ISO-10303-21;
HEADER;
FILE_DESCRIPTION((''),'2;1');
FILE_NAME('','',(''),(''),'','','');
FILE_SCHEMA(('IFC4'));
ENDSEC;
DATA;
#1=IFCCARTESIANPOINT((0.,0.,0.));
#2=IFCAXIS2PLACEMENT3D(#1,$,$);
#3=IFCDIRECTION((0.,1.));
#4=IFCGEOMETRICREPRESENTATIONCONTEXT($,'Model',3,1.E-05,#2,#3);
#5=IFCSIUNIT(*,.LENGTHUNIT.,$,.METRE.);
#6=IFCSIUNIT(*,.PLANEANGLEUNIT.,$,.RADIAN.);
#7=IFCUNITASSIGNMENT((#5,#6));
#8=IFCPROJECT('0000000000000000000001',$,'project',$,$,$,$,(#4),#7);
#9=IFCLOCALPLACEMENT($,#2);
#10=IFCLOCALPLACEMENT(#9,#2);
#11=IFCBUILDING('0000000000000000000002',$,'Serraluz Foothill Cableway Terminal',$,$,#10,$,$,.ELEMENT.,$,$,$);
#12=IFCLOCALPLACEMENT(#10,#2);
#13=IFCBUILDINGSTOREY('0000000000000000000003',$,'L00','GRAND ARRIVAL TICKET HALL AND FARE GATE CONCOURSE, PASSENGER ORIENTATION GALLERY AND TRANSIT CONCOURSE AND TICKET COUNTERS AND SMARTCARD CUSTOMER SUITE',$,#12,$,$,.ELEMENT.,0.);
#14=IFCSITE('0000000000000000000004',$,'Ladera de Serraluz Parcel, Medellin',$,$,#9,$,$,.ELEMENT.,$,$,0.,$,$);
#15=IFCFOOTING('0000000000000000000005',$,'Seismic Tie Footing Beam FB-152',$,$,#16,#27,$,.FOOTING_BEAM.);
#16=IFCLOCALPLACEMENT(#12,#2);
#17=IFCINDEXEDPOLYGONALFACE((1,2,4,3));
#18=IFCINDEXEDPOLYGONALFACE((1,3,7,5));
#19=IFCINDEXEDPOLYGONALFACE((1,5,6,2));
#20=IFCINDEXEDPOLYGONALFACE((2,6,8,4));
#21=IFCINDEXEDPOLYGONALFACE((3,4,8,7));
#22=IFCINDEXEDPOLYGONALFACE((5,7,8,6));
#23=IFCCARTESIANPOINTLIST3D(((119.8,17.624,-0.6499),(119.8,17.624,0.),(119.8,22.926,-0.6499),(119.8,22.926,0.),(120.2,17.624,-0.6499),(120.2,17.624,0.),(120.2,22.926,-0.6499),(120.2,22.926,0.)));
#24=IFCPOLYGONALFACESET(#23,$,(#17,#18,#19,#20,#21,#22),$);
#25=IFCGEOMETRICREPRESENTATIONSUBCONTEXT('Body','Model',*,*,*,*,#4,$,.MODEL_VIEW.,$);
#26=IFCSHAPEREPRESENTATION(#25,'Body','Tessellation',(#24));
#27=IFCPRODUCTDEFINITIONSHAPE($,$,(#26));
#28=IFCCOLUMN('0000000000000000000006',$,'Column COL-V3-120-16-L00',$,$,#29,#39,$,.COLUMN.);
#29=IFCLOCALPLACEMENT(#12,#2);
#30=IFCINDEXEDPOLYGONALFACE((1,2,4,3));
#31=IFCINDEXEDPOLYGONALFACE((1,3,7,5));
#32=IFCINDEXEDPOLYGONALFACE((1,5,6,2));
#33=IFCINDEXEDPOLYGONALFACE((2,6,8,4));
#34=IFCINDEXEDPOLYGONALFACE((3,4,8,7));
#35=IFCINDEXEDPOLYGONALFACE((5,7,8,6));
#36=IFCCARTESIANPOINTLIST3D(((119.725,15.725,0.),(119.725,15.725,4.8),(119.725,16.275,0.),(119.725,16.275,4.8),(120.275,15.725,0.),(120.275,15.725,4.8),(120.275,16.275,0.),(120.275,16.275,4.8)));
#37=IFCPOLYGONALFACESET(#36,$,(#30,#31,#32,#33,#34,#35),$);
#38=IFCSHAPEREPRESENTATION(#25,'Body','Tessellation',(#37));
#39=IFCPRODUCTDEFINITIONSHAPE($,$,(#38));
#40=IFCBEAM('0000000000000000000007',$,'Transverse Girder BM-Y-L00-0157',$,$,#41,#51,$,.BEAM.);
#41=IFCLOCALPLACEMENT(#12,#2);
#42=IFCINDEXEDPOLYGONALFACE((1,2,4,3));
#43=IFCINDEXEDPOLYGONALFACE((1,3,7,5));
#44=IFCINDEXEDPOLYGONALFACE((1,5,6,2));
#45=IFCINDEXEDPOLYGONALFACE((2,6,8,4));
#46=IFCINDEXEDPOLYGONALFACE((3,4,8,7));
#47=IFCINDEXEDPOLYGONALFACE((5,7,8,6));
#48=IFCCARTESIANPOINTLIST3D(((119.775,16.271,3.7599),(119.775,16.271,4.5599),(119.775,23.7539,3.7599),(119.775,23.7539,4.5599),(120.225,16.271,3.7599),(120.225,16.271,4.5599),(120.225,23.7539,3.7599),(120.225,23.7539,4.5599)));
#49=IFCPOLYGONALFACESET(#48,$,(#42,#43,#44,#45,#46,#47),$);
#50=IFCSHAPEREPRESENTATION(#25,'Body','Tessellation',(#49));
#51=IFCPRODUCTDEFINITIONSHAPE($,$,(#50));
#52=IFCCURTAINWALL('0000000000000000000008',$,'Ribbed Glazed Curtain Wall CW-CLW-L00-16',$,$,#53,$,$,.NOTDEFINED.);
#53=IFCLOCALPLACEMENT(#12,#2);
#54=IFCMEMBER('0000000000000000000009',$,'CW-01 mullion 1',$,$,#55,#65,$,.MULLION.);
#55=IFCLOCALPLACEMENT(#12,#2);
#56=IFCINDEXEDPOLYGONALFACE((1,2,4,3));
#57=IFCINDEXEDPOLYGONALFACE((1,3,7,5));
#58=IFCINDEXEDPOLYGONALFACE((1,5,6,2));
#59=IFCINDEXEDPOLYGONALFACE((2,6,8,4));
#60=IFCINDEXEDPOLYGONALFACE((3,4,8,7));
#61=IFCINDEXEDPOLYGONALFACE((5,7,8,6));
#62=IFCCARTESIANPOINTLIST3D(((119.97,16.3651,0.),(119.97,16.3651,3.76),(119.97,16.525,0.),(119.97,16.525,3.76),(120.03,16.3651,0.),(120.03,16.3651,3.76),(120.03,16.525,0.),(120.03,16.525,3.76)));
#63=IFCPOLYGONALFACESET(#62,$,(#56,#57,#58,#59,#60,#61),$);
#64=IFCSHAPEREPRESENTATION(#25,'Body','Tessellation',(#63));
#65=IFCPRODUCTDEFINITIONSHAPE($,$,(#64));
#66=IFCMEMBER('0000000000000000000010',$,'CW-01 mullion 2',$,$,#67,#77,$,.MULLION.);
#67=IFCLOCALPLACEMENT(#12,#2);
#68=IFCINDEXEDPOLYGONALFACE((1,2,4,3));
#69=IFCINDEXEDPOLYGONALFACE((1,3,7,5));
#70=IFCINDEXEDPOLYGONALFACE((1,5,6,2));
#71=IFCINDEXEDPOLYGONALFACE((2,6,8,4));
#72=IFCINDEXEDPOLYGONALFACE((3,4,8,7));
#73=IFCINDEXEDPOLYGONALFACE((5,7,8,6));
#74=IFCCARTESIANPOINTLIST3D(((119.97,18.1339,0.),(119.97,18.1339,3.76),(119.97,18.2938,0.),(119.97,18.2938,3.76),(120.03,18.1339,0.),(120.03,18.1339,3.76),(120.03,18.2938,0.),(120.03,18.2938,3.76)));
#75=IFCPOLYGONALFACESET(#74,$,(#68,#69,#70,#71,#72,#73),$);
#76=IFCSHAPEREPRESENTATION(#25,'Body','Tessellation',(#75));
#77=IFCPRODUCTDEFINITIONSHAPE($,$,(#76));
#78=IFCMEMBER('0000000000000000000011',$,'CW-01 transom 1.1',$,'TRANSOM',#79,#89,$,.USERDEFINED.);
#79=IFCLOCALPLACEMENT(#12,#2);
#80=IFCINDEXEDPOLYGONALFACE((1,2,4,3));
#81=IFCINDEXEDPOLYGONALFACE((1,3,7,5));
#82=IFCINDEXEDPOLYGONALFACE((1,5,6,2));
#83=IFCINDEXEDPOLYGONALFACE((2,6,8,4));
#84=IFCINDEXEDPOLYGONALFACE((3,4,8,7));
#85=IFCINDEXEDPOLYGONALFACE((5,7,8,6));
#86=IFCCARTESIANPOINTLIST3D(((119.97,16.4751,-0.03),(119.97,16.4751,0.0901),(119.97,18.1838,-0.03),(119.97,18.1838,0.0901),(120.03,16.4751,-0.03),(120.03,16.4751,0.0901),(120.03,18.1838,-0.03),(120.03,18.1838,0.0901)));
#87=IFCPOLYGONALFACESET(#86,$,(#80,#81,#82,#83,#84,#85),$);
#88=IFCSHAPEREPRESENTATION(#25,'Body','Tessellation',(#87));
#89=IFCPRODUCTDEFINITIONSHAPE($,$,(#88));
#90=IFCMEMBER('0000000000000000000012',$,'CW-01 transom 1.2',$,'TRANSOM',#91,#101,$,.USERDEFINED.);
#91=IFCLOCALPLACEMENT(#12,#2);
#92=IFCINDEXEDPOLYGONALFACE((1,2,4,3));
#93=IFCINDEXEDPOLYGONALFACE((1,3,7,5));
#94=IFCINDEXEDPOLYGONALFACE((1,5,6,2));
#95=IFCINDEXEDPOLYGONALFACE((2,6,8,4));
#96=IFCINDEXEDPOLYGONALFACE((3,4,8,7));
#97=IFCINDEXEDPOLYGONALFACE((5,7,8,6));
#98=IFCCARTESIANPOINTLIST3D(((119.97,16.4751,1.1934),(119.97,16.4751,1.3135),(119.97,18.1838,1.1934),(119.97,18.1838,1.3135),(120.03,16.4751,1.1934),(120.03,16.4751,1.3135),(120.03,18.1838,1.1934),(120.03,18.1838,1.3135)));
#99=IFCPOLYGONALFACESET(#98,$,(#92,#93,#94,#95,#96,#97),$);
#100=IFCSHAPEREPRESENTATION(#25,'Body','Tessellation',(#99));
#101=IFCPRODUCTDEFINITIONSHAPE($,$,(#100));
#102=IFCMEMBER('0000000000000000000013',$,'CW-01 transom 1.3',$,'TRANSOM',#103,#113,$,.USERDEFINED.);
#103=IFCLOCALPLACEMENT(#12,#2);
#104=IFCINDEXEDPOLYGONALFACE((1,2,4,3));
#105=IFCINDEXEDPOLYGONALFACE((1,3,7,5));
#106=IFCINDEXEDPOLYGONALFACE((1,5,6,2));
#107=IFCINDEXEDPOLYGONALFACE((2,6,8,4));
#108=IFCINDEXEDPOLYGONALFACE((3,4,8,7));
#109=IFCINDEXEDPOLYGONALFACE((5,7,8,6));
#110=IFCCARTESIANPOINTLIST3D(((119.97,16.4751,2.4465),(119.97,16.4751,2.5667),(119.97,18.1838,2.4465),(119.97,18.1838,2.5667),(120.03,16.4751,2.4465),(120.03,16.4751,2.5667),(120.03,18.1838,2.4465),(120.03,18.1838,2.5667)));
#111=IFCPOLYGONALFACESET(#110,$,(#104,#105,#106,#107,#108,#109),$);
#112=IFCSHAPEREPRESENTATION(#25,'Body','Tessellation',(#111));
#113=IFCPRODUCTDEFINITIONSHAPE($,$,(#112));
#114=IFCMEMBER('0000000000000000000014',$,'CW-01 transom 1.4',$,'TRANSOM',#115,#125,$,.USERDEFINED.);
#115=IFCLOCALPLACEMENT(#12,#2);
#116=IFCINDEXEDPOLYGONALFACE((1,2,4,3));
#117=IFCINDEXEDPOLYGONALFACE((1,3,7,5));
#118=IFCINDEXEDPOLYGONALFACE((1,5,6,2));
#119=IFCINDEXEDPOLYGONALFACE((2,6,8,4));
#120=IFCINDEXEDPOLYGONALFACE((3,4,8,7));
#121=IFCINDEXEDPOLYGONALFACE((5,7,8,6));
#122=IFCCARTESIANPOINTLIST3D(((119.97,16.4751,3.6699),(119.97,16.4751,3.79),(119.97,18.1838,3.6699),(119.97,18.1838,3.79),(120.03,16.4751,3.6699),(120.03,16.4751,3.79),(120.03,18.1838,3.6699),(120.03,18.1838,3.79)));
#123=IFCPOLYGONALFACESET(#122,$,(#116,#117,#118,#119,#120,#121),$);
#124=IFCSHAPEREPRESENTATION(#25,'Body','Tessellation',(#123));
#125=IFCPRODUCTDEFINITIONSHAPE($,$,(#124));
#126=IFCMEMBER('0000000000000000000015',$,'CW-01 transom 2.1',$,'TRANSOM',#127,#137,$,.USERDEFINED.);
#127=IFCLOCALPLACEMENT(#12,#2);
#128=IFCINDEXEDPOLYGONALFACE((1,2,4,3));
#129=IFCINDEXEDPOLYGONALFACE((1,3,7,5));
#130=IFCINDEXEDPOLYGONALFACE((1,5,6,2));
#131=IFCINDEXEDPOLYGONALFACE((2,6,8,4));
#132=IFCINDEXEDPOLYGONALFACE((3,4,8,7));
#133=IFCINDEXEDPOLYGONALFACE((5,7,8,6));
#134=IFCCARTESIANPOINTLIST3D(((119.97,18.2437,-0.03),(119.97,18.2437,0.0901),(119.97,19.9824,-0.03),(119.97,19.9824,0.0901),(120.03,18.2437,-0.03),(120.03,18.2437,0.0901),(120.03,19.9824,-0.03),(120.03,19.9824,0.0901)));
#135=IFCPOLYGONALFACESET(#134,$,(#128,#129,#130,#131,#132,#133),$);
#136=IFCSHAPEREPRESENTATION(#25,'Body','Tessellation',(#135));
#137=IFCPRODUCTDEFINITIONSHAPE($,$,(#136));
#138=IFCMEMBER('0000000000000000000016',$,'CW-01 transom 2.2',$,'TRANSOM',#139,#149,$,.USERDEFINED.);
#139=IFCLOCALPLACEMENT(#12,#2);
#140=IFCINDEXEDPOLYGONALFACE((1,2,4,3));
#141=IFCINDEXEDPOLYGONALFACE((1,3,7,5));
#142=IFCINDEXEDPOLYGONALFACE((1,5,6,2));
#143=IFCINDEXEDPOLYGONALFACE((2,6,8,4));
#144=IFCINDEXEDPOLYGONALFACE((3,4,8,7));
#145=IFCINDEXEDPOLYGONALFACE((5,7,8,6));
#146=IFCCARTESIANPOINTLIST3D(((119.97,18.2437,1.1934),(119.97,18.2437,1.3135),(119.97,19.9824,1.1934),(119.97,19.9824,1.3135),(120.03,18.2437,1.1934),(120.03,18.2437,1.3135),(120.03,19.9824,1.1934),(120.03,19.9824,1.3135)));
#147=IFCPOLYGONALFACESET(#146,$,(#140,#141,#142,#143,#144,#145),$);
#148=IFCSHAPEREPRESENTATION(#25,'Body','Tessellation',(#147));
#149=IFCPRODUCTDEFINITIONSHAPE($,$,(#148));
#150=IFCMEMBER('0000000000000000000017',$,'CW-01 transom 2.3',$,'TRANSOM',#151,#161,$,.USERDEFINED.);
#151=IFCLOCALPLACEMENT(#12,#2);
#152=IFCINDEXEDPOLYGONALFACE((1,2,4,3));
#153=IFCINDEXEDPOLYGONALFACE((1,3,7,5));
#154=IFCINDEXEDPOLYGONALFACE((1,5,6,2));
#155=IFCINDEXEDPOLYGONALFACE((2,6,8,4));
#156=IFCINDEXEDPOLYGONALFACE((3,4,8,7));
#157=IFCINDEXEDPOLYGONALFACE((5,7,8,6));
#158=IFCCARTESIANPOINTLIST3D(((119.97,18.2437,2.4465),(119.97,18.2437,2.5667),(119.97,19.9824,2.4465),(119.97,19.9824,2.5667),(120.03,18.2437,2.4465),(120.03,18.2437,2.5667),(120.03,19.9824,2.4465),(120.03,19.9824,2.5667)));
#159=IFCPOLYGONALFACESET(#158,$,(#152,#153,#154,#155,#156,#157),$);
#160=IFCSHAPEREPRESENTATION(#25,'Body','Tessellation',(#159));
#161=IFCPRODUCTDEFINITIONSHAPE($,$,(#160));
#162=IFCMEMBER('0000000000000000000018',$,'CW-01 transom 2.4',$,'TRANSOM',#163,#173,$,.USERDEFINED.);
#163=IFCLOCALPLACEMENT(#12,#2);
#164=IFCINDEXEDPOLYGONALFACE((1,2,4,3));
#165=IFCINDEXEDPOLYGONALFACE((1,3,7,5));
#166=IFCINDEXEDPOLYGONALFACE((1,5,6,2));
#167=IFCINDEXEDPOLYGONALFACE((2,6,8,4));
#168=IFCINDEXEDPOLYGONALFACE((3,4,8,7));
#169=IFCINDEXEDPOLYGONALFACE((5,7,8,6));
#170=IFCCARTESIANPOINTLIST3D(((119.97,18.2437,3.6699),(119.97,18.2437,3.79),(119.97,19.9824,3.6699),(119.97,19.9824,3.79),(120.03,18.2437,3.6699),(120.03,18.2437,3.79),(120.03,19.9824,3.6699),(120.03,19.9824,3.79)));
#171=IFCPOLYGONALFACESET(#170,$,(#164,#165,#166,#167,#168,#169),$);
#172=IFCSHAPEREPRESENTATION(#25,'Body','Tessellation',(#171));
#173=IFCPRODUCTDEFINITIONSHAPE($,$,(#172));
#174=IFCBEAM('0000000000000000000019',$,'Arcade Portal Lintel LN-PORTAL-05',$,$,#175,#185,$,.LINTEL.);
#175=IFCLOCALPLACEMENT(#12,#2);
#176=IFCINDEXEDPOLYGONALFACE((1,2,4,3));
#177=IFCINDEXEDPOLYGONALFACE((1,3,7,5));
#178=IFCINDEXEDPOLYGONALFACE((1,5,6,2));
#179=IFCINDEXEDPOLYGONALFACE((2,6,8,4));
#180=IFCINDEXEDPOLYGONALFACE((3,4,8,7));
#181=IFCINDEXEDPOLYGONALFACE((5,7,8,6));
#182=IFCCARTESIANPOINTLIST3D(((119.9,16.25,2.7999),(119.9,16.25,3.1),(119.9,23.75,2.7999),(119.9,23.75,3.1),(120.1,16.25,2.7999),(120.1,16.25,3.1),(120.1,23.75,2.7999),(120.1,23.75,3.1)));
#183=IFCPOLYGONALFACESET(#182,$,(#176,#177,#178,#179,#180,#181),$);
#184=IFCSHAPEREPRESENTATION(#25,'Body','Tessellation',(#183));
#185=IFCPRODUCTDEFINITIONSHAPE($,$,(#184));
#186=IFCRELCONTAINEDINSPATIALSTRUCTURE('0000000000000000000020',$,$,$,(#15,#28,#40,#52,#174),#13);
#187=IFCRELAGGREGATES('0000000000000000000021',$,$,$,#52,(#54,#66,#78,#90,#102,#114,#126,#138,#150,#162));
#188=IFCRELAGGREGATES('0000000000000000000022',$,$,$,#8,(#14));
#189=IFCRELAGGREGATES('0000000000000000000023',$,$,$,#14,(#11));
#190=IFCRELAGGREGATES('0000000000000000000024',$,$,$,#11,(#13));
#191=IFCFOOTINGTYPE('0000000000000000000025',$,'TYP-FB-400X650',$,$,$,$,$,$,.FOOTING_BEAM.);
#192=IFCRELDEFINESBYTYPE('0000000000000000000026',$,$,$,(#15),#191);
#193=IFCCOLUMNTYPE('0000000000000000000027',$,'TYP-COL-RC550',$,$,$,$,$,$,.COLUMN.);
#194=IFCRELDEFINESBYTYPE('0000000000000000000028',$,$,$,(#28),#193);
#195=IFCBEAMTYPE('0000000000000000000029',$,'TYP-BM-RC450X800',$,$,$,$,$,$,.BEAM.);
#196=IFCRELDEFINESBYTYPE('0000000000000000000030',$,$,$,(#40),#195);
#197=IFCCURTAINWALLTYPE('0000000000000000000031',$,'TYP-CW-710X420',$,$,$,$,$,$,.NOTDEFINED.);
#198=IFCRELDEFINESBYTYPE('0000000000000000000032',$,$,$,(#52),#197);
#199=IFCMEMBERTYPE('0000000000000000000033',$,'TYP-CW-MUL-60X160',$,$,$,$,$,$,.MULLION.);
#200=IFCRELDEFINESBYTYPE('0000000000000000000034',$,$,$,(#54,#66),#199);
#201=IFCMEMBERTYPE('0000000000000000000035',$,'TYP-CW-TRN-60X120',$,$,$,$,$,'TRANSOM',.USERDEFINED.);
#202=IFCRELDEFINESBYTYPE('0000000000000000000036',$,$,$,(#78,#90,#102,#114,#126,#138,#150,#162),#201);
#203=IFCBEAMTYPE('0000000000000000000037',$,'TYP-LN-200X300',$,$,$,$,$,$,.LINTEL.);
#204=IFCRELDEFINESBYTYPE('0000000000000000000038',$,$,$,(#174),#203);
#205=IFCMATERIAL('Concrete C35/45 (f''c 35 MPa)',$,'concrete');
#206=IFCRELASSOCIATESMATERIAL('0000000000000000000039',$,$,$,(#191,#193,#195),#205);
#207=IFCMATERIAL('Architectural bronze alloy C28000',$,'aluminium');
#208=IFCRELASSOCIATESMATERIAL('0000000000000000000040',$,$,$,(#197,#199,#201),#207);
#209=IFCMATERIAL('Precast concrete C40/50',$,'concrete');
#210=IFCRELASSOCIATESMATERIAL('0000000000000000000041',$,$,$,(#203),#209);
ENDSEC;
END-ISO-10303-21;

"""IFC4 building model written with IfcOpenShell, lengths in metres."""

from ifc_helpers import new_model, si_unit, direction, frame, origin, origin_2d, place, context, subcontext, project, spatial, rectangle, extrude, material, material_profile, profile_set, type_object, element, aggregate, save


model = new_model("IFC4")

# Units and contexts
model_context = context("Model", 3, precision=1e-05, world=origin(), true_north=direction((0.0, 1.0)))
body_context = subcontext(model_context, "Body", "Model", "MODEL_VIEW")
ifc_project = project(units=[si_unit("LENGTHUNIT", "METRE"), si_unit("PLANEANGLEUNIT", "RADIAN")], contexts=[model_context])

# Site, building, storey
site_placement = place(None, origin())
site = spatial("IfcSite", under=ifc_project, at=site_placement, Name="Ladera de Serraluz Parcel, Medellin", CompositionType="ELEMENT", RefElevation=0.0)
building_placement = place(site_placement, origin())
building = spatial("IfcBuilding", under=site, at=building_placement, Name="Serraluz Foothill Cableway Terminal", CompositionType="ELEMENT")
storey_placement = place(building_placement, origin())
storey = spatial("IfcBuildingStorey", under=building, at=storey_placement, Name="L00", Description="GRAND ARRIVAL TICKET HALL AND FARE GATE CONCOURSE, PASSENGER ORIENTATION GALLERY AND TRANSIT CONCOURSE AND TICKET COUNTERS AND SMARTCARD CUSTOMER SUITE", CompositionType="ELEMENT", Elevation=0.0)

# Footing
ifc_material_1 = material(Name="Concrete C35/45 (f'c 35 MPa)", Category="concrete")
ifc_material_profile_1 = material_profile(ifc_material_1, rectangle(XDim=0.3999, YDim=0.6499, at=origin_2d()), Name="RC 400x650")
ifc_profile_set_1 = profile_set([ifc_material_profile_1], Name="Concrete C35/45 (f'c 35 MPa)")
footing_type = type_object("IfcFootingType", Name="TYP-FB-400X650", PredefinedType="FOOTING_BEAM", material=ifc_profile_set_1)
footing_placement = place(storey_placement, frame((120.0, 17.624, -0.325), z_axis=(0.0, 1.0, 0.0), x_axis=(-1.0, 0.0, 0.0)))
element("IfcFooting", 1, at=footing_placement, inside=storey, type_object=footing_type, Name="Seismic Tie Footing Beam FB-152", PredefinedType="FOOTING_BEAM", context=body_context, shape_type="SweptSolid", body=[
    extrude(rectangle(XDim=0.3999, YDim=0.6499, at=origin_2d()), origin(), (0.0, 0.0, 1.0), 5.302),
])

# Column
ifc_material_profile_2 = material_profile(ifc_material_1, rectangle(XDim=0.55, YDim=0.55, at=origin_2d()), Name="RC 550x550")
ifc_profile_set_2 = profile_set([ifc_material_profile_2], Name="Concrete C35/45 (f'c 35 MPa)")
column_type = type_object("IfcColumnType", Name="TYP-COL-RC550", PredefinedType="COLUMN", material=ifc_profile_set_2)
column_placement = place(storey_placement, frame((120.0, 16.0, 0.0), z_axis=(0.0, 0.0, 1.0), x_axis=(1.0, 0.0, 0.0)))
element("IfcColumn", 2, at=column_placement, inside=storey, type_object=column_type, Name="Column COL-V3-120-16-L00", PredefinedType="COLUMN", context=body_context, shape_type="SweptSolid", body=[
    extrude(rectangle(XDim=0.55, YDim=0.55, at=origin_2d()), origin(), (0.0, 0.0, 1.0), 4.8),
])

# Beam
ifc_material_profile_3 = material_profile(ifc_material_1, rectangle(XDim=0.45, YDim=0.8, at=origin_2d()), Name="RC 450x800")
ifc_profile_set_3 = profile_set([ifc_material_profile_3], Name="Concrete C35/45 (f'c 35 MPa)")
beam_type_1 = type_object("IfcBeamType", Name="TYP-BM-RC450X800", PredefinedType="BEAM", material=ifc_profile_set_3)
beam_1_placement = place(storey_placement, frame((120.0, 16.271, 4.1599), z_axis=(0.0, 1.0, 0.0), x_axis=(-1.0, 0.0, 0.0)))
element("IfcBeam", 3, at=beam_1_placement, inside=storey, type_object=beam_type_1, Name="Transverse Girder BM-Y-L00-0157", PredefinedType="BEAM", context=body_context, shape_type="SweptSolid", body=[
    extrude(rectangle(XDim=0.45, YDim=0.8, at=origin_2d()), origin(), (0.0, 0.0, 1.0), 7.4829),
])

# Curtain wall, members
ifc_material_2 = material(Name="Architectural bronze alloy C28000", Category="aluminium")
curtain_wall_type = type_object("IfcCurtainWallType", Name="TYP-CW-710X420", PredefinedType="NOTDEFINED", material=ifc_material_2)
curtain_wall_placement = place(storey_placement, origin())
curtain_wall = element("IfcCurtainWall", 4, at=curtain_wall_placement, inside=storey, type_object=curtain_wall_type, Name="Ribbed Glazed Curtain Wall CW-CLW-L00-16", PredefinedType="NOTDEFINED")
ifc_material_profile_4 = material_profile(ifc_material_2, rectangle(XDim=0.0601, YDim=0.1599, at=origin_2d()), Name="ALU MULLION 60x160")
ifc_profile_set_4 = profile_set([ifc_material_profile_4], Name="Architectural bronze alloy C28000")
member_type_1 = type_object("IfcMemberType", Name="TYP-CW-MUL-60X160", PredefinedType="MULLION", material=ifc_profile_set_4)
member_1_placement = place(storey_placement, frame((120.0, 16.4451, 0.0), z_axis=(0.0, 0.0, 1.0), x_axis=(-1.0, 0.0, 0.0)))
member_1 = element("IfcMember", 5, at=member_1_placement, type_object=member_type_1, Name="CW-01 mullion 1", PredefinedType="MULLION", context=body_context, shape_type="SweptSolid", body=[
    extrude(rectangle(XDim=0.0601, YDim=0.1599, at=origin_2d()), origin(), (0.0, 0.0, 1.0), 3.76),
])
member_2_placement = place(storey_placement, frame((120.0, 18.2139, 0.0), z_axis=(0.0, 0.0, 1.0), x_axis=(-1.0, 0.0, 0.0)))
member_2 = element("IfcMember", 6, at=member_2_placement, type_object=member_type_1, Name="CW-01 mullion 2", PredefinedType="MULLION", context=body_context, shape_type="SweptSolid", body=[
    extrude(rectangle(XDim=0.0601, YDim=0.1599, at=origin_2d()), origin(), (0.0, 0.0, 1.0), 3.76),
])
ifc_material_profile_5 = material_profile(ifc_material_2, rectangle(XDim=0.0601, YDim=0.1201, at=origin_2d()), Name="ALU TRANSOM 60x120")
ifc_profile_set_5 = profile_set([ifc_material_profile_5], Name="Architectural bronze alloy C28000")
member_type_2 = type_object("IfcMemberType", Name="TYP-CW-TRN-60X120", ElementType="TRANSOM", PredefinedType="USERDEFINED", material=ifc_profile_set_5)
member_3_placement = place(storey_placement, frame((120.0, 16.4751, 0.03), z_axis=(0.0, 1.0, 0.0), x_axis=(-1.0, 0.0, 0.0)))
member_3 = element("IfcMember", 7, at=member_3_placement, type_object=member_type_2, Name="CW-01 transom 1.1", ObjectType="TRANSOM", PredefinedType="USERDEFINED", context=body_context, shape_type="SweptSolid", body=[
    extrude(rectangle(XDim=0.0601, YDim=0.1201, at=origin_2d()), origin(), (0.0, 0.0, 1.0), 1.7087),
])
member_4_placement = place(storey_placement, frame((120.0, 16.4751, 1.2534), z_axis=(0.0, 1.0, 0.0), x_axis=(-1.0, 0.0, 0.0)))
member_4 = element("IfcMember", 8, at=member_4_placement, type_object=member_type_2, Name="CW-01 transom 1.2", ObjectType="TRANSOM", PredefinedType="USERDEFINED", context=body_context, shape_type="SweptSolid", body=[
    extrude(rectangle(XDim=0.0601, YDim=0.1201, at=origin_2d()), origin(), (0.0, 0.0, 1.0), 1.7087),
])
member_5_placement = place(storey_placement, frame((120.0, 16.4751, 2.5066), z_axis=(0.0, 1.0, 0.0), x_axis=(-1.0, 0.0, 0.0)))
member_5 = element("IfcMember", 9, at=member_5_placement, type_object=member_type_2, Name="CW-01 transom 1.3", ObjectType="TRANSOM", PredefinedType="USERDEFINED", context=body_context, shape_type="SweptSolid", body=[
    extrude(rectangle(XDim=0.0601, YDim=0.1201, at=origin_2d()), origin(), (0.0, 0.0, 1.0), 1.7087),
])
member_6_placement = place(storey_placement, frame((120.0, 16.4751, 3.73), z_axis=(0.0, 1.0, 0.0), x_axis=(-1.0, 0.0, 0.0)))
member_6 = element("IfcMember", 10, at=member_6_placement, type_object=member_type_2, Name="CW-01 transom 1.4", ObjectType="TRANSOM", PredefinedType="USERDEFINED", context=body_context, shape_type="SweptSolid", body=[
    extrude(rectangle(XDim=0.0601, YDim=0.1201, at=origin_2d()), origin(), (0.0, 0.0, 1.0), 1.7087),
])
member_7_placement = place(storey_placement, frame((120.0, 18.2437, 0.03), z_axis=(0.0, 1.0, 0.0), x_axis=(-1.0, 0.0, 0.0)))
member_7 = element("IfcMember", 11, at=member_7_placement, type_object=member_type_2, Name="CW-01 transom 2.1", ObjectType="TRANSOM", PredefinedType="USERDEFINED", context=body_context, shape_type="SweptSolid", body=[
    extrude(rectangle(XDim=0.0601, YDim=0.1201, at=origin_2d()), origin(), (0.0, 0.0, 1.0), 1.7388),
])
member_8_placement = place(storey_placement, frame((120.0, 18.2437, 1.2534), z_axis=(0.0, 1.0, 0.0), x_axis=(-1.0, 0.0, 0.0)))
member_8 = element("IfcMember", 12, at=member_8_placement, type_object=member_type_2, Name="CW-01 transom 2.2", ObjectType="TRANSOM", PredefinedType="USERDEFINED", context=body_context, shape_type="SweptSolid", body=[
    extrude(rectangle(XDim=0.0601, YDim=0.1201, at=origin_2d()), origin(), (0.0, 0.0, 1.0), 1.7388),
])
member_9_placement = place(storey_placement, frame((120.0, 18.2437, 2.5066), z_axis=(0.0, 1.0, 0.0), x_axis=(-1.0, 0.0, 0.0)))
member_9 = element("IfcMember", 13, at=member_9_placement, type_object=member_type_2, Name="CW-01 transom 2.3", ObjectType="TRANSOM", PredefinedType="USERDEFINED", context=body_context, shape_type="SweptSolid", body=[
    extrude(rectangle(XDim=0.0601, YDim=0.1201, at=origin_2d()), origin(), (0.0, 0.0, 1.0), 1.7388),
])
member_10_placement = place(storey_placement, frame((120.0, 18.2437, 3.73), z_axis=(0.0, 1.0, 0.0), x_axis=(-1.0, 0.0, 0.0)))
member_10 = element("IfcMember", 14, at=member_10_placement, type_object=member_type_2, Name="CW-01 transom 2.4", ObjectType="TRANSOM", PredefinedType="USERDEFINED", context=body_context, shape_type="SweptSolid", body=[
    extrude(rectangle(XDim=0.0601, YDim=0.1201, at=origin_2d()), origin(), (0.0, 0.0, 1.0), 1.7388),
])

# Beam
ifc_material_3 = material(Name="Precast concrete C40/50", Category="concrete")
ifc_material_profile_6 = material_profile(ifc_material_3, rectangle(XDim=0.2, YDim=0.3, at=origin_2d()), Name="RC LN 200x300")
ifc_profile_set_6 = profile_set([ifc_material_profile_6], Name="Precast concrete C40/50")
beam_type_2 = type_object("IfcBeamType", Name="TYP-LN-200X300", PredefinedType="LINTEL", material=ifc_profile_set_6)
beam_2_placement = place(storey_placement, frame((120.0, 16.25, 2.95), z_axis=(0.0, 1.0, 0.0), x_axis=(-1.0, 0.0, 0.0)))
element("IfcBeam", 15, at=beam_2_placement, inside=storey, type_object=beam_type_2, Name="Arcade Portal Lintel LN-PORTAL-05", PredefinedType="LINTEL", context=body_context, shape_type="SweptSolid", body=[
    extrude(rectangle(XDim=0.2, YDim=0.3, at=origin_2d()), origin(), (0.0, 0.0, 1.0), 7.5),
])

aggregate(curtain_wall, [member_1, member_2, member_3, member_4, member_5, member_6, member_7, member_8, member_9, member_10])

save(model, "model.ifc")
